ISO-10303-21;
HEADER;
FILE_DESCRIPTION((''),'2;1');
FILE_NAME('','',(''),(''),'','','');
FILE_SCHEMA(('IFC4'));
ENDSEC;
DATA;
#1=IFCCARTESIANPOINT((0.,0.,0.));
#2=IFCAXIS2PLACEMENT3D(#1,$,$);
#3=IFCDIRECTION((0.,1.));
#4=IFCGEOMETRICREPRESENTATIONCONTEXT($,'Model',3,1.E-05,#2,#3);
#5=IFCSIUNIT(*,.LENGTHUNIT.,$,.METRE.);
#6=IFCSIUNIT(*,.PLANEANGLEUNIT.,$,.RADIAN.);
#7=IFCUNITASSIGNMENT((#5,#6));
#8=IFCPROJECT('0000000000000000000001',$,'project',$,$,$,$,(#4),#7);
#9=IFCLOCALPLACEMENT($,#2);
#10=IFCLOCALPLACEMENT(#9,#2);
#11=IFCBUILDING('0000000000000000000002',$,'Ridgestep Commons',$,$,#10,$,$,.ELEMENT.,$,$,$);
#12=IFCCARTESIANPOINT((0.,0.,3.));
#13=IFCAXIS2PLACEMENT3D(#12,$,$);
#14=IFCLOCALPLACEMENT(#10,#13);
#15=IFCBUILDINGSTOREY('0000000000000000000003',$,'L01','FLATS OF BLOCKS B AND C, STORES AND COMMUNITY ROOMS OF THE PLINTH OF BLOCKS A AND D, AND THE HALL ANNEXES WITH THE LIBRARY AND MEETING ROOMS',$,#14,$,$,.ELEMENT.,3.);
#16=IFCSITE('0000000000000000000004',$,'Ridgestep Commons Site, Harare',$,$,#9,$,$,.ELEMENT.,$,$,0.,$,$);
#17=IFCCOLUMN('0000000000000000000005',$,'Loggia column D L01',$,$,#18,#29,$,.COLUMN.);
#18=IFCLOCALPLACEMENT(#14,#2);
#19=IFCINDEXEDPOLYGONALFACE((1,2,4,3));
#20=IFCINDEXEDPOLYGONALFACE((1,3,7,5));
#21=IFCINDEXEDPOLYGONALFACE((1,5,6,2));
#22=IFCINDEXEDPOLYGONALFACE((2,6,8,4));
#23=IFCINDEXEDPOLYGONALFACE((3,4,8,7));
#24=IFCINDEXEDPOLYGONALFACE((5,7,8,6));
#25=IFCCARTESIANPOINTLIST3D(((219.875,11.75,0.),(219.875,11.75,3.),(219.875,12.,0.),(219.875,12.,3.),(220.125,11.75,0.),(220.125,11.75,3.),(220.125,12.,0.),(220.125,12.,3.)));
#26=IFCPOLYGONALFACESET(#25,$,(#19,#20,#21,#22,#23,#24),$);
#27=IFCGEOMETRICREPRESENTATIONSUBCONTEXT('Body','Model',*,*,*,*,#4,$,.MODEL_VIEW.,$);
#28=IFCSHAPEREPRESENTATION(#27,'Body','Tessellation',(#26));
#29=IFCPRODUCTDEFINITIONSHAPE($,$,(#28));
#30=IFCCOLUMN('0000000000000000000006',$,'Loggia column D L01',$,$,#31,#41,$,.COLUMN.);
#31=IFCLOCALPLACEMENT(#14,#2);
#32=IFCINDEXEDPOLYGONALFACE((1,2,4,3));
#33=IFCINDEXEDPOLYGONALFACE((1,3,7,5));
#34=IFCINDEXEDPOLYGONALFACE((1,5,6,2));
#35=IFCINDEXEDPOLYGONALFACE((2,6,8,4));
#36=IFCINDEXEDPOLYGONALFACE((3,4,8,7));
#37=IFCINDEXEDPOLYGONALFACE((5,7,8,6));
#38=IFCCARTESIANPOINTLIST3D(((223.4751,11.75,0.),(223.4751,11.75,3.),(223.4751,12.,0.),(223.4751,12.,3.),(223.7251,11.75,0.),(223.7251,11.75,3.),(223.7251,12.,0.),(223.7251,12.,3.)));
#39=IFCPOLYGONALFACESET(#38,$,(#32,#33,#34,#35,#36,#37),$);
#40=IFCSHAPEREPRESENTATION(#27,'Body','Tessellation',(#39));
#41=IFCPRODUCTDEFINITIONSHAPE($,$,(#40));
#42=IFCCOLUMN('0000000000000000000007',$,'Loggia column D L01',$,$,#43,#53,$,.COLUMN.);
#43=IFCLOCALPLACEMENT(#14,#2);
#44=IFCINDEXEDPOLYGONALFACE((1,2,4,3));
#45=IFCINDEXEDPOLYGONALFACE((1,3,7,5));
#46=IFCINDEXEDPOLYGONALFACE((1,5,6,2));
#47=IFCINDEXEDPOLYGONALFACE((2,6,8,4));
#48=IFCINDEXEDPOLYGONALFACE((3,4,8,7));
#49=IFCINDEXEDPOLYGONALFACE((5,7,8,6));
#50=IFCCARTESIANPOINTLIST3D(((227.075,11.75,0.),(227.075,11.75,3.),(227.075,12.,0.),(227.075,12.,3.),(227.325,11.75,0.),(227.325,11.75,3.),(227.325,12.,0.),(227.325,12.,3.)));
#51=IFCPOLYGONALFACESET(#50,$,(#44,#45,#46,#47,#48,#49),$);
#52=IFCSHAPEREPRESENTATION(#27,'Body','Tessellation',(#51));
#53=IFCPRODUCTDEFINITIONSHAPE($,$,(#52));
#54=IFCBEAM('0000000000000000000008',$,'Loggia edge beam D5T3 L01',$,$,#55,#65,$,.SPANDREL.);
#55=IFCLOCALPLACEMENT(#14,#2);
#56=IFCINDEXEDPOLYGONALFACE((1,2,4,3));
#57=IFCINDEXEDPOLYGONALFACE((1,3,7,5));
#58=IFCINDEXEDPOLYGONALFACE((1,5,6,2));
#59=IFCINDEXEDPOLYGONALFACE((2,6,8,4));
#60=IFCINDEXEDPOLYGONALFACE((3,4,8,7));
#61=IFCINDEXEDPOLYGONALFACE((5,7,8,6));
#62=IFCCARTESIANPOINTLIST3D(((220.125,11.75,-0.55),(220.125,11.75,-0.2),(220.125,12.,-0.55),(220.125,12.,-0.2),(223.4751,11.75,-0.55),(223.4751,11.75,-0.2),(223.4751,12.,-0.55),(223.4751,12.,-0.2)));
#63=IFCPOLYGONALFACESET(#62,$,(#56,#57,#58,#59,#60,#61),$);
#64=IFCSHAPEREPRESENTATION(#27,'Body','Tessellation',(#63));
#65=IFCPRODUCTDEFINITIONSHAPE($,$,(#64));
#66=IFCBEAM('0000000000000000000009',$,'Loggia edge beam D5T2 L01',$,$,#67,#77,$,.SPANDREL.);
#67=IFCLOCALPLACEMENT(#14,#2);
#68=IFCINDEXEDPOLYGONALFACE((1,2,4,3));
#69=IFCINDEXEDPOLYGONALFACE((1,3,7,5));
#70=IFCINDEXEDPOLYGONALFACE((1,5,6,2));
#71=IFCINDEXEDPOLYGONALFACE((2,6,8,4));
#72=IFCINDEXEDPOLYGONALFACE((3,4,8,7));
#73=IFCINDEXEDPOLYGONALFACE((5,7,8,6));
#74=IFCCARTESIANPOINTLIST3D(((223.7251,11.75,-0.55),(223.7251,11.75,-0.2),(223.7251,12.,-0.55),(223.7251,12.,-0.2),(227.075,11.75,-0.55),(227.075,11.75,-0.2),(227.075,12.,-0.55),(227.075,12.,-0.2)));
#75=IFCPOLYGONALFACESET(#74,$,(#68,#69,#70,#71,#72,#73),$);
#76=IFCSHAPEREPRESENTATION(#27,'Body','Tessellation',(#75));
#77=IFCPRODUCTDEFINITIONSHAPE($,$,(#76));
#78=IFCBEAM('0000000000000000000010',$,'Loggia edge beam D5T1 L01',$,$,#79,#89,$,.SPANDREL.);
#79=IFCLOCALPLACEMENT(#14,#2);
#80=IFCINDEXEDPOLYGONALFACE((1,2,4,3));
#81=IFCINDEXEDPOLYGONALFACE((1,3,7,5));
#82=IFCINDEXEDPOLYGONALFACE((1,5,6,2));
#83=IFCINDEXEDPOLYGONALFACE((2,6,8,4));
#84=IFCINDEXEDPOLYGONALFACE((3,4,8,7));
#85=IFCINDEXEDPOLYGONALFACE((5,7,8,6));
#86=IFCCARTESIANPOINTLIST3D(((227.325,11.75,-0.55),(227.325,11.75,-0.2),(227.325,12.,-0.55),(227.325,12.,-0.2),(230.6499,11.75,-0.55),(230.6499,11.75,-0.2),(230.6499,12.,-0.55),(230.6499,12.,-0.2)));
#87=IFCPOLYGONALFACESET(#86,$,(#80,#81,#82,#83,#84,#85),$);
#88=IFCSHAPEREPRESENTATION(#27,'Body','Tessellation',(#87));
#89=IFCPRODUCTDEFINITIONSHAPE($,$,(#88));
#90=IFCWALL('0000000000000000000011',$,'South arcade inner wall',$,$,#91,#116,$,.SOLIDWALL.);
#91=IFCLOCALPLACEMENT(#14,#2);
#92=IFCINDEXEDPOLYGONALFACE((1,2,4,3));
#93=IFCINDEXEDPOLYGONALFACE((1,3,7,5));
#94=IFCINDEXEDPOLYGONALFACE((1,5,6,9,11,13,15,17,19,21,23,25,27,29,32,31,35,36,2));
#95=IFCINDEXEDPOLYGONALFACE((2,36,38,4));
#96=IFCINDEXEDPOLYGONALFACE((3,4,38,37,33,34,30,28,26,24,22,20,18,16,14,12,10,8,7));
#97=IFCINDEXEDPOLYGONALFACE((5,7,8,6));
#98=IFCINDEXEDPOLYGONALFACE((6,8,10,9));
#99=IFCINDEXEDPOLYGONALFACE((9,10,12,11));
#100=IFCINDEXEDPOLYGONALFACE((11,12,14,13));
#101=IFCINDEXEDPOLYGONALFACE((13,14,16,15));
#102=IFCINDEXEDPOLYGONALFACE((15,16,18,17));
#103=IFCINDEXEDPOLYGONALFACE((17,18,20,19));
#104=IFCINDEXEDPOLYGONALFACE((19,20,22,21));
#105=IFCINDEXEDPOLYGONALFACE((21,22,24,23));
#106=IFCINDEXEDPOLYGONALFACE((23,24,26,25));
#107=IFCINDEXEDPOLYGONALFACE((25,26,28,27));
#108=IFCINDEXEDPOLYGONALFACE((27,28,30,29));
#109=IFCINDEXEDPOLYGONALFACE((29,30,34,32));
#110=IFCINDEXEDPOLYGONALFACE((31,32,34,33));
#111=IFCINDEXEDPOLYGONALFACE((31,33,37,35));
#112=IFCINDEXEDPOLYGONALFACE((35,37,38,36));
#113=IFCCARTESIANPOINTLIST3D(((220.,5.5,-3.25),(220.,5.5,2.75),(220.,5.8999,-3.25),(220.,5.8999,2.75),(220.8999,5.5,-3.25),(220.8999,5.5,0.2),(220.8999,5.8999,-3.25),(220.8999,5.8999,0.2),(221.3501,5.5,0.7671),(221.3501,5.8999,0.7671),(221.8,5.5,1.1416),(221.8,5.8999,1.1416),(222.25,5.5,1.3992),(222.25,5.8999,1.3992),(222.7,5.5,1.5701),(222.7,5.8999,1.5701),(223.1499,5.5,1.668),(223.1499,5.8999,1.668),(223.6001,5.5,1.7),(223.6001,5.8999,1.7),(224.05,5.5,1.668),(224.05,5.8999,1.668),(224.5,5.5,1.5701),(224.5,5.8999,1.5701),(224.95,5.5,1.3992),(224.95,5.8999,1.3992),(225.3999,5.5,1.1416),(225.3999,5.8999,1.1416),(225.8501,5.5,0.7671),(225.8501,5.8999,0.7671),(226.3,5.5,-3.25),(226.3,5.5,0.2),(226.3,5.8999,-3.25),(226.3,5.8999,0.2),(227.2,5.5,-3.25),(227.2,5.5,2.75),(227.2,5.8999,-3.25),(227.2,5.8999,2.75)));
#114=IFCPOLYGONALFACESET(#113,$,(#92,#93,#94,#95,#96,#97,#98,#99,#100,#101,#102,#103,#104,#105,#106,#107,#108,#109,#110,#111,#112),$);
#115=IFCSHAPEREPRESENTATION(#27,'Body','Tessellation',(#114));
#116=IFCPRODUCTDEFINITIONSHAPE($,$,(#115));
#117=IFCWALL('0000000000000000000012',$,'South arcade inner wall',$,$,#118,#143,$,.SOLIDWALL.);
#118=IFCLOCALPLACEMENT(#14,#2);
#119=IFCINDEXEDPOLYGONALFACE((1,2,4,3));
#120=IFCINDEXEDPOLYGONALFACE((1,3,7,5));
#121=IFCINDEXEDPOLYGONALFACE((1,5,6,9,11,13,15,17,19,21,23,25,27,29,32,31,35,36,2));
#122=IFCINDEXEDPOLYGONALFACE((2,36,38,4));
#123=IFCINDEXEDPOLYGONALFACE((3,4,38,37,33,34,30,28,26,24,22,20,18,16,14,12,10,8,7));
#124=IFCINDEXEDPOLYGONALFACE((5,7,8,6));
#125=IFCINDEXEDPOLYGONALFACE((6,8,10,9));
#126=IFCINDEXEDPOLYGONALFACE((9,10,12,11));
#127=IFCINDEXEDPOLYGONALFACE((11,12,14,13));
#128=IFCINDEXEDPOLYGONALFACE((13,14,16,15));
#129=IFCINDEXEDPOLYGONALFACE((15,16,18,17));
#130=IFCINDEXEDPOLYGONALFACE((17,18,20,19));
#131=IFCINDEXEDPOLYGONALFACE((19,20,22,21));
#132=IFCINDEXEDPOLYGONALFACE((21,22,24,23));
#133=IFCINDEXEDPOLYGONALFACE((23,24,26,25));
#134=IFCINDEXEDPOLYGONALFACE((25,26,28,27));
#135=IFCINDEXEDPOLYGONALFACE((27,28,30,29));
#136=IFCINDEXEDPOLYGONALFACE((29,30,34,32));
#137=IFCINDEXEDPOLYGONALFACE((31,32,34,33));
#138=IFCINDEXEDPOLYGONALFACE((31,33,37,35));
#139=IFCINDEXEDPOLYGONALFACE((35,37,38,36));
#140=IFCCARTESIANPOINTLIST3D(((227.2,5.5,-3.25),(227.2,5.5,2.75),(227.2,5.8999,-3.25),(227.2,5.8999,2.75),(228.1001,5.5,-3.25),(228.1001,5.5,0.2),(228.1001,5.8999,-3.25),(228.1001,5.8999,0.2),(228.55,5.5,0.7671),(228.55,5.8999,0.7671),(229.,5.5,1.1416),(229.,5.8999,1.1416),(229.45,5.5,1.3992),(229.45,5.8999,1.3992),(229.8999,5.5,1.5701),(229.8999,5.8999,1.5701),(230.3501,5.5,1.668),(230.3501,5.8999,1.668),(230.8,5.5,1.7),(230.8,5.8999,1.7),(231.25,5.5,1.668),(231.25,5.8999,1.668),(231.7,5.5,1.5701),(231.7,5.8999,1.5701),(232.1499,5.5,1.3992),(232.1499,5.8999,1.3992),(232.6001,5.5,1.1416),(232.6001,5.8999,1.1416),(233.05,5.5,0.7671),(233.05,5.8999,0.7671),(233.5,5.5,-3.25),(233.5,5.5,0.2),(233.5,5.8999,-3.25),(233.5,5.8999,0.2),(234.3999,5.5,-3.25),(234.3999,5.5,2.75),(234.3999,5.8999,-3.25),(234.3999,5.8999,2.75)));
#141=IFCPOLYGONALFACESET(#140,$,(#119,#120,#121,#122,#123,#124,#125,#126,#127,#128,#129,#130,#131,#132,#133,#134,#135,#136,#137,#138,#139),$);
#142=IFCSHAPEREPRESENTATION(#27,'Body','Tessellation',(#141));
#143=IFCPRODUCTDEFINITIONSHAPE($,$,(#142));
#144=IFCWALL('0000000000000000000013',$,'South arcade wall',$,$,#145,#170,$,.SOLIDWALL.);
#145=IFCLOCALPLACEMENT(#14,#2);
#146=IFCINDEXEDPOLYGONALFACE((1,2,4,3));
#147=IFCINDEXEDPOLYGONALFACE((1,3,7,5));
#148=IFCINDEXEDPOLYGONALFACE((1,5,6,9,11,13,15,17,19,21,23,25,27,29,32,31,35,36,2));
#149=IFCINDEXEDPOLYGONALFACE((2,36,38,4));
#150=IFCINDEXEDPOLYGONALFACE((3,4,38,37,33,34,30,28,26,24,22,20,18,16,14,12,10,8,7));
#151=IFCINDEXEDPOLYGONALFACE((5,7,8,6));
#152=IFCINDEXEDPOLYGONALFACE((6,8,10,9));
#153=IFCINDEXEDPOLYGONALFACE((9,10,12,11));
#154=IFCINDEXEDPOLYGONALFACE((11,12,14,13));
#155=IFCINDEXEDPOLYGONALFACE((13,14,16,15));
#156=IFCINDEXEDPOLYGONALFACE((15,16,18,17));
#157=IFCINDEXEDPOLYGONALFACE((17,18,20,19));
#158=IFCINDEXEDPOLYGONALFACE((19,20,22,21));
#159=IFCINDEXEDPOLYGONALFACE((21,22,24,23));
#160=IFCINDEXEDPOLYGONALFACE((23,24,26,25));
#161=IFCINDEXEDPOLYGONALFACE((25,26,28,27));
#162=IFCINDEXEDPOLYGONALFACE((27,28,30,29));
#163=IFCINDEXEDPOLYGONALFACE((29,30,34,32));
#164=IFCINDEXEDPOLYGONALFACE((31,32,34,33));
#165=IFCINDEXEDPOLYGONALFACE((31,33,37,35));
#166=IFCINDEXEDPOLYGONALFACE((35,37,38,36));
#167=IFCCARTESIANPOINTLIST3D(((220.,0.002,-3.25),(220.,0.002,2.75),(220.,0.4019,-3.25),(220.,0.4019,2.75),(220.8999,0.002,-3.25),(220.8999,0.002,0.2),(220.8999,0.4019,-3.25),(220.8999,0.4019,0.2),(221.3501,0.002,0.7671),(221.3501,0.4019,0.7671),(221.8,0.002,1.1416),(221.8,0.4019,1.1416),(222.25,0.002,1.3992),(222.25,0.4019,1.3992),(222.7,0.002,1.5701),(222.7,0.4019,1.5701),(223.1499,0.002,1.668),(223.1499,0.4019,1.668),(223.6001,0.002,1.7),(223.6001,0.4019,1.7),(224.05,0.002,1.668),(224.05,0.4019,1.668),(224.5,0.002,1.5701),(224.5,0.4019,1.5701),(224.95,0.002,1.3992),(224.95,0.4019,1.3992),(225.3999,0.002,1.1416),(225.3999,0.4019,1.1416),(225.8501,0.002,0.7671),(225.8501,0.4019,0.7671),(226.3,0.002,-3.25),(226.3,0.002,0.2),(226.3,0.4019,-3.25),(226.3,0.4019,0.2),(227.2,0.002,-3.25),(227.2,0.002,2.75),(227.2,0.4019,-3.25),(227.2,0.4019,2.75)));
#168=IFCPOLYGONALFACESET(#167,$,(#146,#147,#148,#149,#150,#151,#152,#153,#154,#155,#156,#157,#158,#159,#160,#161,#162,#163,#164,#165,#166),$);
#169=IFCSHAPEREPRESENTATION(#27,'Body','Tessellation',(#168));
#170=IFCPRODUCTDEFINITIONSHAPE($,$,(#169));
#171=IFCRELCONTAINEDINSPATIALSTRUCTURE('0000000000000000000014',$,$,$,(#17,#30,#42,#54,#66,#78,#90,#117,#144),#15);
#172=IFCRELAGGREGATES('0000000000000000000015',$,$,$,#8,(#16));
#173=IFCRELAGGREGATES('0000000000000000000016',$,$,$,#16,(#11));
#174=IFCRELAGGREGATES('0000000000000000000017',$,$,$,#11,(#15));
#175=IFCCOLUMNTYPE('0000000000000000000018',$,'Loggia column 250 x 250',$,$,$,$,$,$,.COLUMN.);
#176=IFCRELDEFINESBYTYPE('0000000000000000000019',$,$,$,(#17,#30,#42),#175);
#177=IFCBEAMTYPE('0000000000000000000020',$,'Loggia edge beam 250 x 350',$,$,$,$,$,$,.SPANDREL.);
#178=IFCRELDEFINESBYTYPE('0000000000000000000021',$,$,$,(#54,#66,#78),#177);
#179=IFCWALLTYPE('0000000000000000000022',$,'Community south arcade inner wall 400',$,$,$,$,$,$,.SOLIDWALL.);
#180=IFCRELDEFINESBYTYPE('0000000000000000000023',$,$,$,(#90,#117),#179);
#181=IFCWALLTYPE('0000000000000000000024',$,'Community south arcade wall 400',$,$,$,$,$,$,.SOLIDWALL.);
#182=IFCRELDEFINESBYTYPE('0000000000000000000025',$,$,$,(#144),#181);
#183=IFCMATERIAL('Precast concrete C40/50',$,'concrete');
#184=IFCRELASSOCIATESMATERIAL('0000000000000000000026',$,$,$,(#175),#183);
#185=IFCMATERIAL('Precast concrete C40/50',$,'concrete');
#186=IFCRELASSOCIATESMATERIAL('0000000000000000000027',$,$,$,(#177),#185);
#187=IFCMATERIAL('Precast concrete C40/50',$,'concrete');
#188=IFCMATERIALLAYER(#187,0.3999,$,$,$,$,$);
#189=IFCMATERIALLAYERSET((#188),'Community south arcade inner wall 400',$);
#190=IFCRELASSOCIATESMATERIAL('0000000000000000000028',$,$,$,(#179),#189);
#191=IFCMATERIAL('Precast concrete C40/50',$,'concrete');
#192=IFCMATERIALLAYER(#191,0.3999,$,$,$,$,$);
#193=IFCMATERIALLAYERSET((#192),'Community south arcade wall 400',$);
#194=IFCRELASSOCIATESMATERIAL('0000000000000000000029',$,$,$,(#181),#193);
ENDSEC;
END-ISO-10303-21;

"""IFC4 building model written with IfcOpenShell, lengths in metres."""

from ifc_helpers import new_model, si_unit, direction, frame, origin, origin_2d, place, context, subcontext, project, spatial, polyline, rectangle, outline, extrude, material, layer, layer_set, material_profile, profile_set, type_object, element, save


model = new_model("IFC4")

# Units and contexts
model_context = context("Model", 3, precision=1e-05, world=origin(), true_north=direction((0.0, 1.0)))
body_context = subcontext(model_context, "Body", "Model", "MODEL_VIEW")
ifc_project = project(units=[si_unit("LENGTHUNIT", "METRE"), si_unit("PLANEANGLEUNIT", "RADIAN")], contexts=[model_context])

# Site, building, storey
site_placement = place(None, origin())
site = spatial("IfcSite", under=ifc_project, at=site_placement, Name="Ridgestep Commons Site, Harare", CompositionType="ELEMENT", RefElevation=0.0)
building_placement = place(site_placement, origin())
building = spatial("IfcBuilding", under=site, at=building_placement, Name="Ridgestep Commons", CompositionType="ELEMENT")
storey_placement = place(building_placement, frame((0.0, 0.0, 3.0)))
storey = spatial("IfcBuildingStorey", under=building, at=storey_placement, Name="L01", Description="FLATS OF BLOCKS B AND C, STORES AND COMMUNITY ROOMS OF THE PLINTH OF BLOCKS A AND D, AND THE HALL ANNEXES WITH THE LIBRARY AND MEETING ROOMS", CompositionType="ELEMENT", Elevation=3.0)

# Columns
ifc_material_1 = material(Name="Precast concrete C40/50", Category="concrete")
ifc_material_profile_1 = material_profile(ifc_material_1, rectangle(XDim=0.25, YDim=0.25, at=origin_2d()), Name="PC 250x250")
ifc_profile_set_1 = profile_set([ifc_material_profile_1], Name="Precast concrete C40/50")
column_type = type_object("IfcColumnType", Name="Loggia column 250 x 250", PredefinedType="COLUMN", material=ifc_profile_set_1)
for number, where, z_axis, x_axis, name in (
    (1, (220.0, 11.875, 0.0), (0.0, 0.0, 1.0), (1.0, 0.0, 0.0), "Loggia column D L01"),
    (2, (223.6001, 11.875, 0.0), (0.0, 0.0, 1.0), (1.0, 0.0, 0.0), "Loggia column D L01"),
    (3, (227.2, 11.875, 0.0), (0.0, 0.0, 1.0), (1.0, 0.0, 0.0), "Loggia column D L01"),
):
    element("IfcColumn", number, at=place(storey_placement, frame(where, z_axis=z_axis, x_axis=x_axis)), inside=storey, type_object=column_type, Name=name, PredefinedType="COLUMN", context=body_context, shape_type="SweptSolid", body=[
        extrude(rectangle(XDim=0.25, YDim=0.25, at=origin_2d()), origin(), (0.0, 0.0, 1.0), 3.0),
    ])

# Beams
ifc_material_2 = material(Name="Precast concrete C40/50", Category="concrete")
ifc_material_profile_2 = material_profile(ifc_material_2, rectangle(XDim=0.25, YDim=0.3501, at=origin_2d()), Name="PC 250x350")
ifc_profile_set_2 = profile_set([ifc_material_profile_2], Name="Precast concrete C40/50")
beam_type = type_object("IfcBeamType", Name="Loggia edge beam 250 x 350", PredefinedType="SPANDREL", material=ifc_profile_set_2)
beam_1_placement = place(storey_placement, frame((220.125, 11.875, -0.375), z_axis=(1.0, 0.0, 0.0), x_axis=(0.0, 1.0, 0.0)))
element("IfcBeam", 4, at=beam_1_placement, inside=storey, type_object=beam_type, Name="Loggia edge beam D5T3 L01", PredefinedType="SPANDREL", context=body_context, shape_type="SweptSolid", body=[
    extrude(rectangle(XDim=0.25, YDim=0.3501, at=origin_2d()), origin(), (0.0, 0.0, 1.0), 3.3501),
])
beam_2_placement = place(storey_placement, frame((223.7251, 11.875, -0.375), z_axis=(1.0, 0.0, 0.0), x_axis=(0.0, 1.0, 0.0)))
element("IfcBeam", 5, at=beam_2_placement, inside=storey, type_object=beam_type, Name="Loggia edge beam D5T2 L01", PredefinedType="SPANDREL", context=body_context, shape_type="SweptSolid", body=[
    extrude(rectangle(XDim=0.25, YDim=0.3501, at=origin_2d()), origin(), (0.0, 0.0, 1.0), 3.3499),
])
beam_3_placement = place(storey_placement, frame((227.325, 11.875, -0.375), z_axis=(1.0, 0.0, 0.0), x_axis=(0.0, 1.0, 0.0)))
element("IfcBeam", 6, at=beam_3_placement, inside=storey, type_object=beam_type, Name="Loggia edge beam D5T1 L01", PredefinedType="SPANDREL", context=body_context, shape_type="SweptSolid", body=[
    extrude(rectangle(XDim=0.25, YDim=0.3501, at=origin_2d()), origin(), (0.0, 0.0, 1.0), 3.325),
])

# Walls
ifc_material_3 = material(Name="Precast concrete C40/50", Category="concrete")
ifc_layer_1 = layer(ifc_material_3, 0.3999)
ifc_layer_set_1 = layer_set([ifc_layer_1], Name="Community south arcade inner wall 400")
wall_type_1 = type_object("IfcWallType", Name="Community south arcade inner wall 400", PredefinedType="SOLIDWALL", material=ifc_layer_set_1)
wall_1_placement = place(storey_placement, frame((220.0, 5.5, -3.25), z_axis=(0.0, -1.0, 0.0), x_axis=(1.0, 0.0, 0.0)))
element("IfcWall", 7, at=wall_1_placement, inside=storey, type_object=wall_type_1, Name="South arcade inner wall", PredefinedType="SOLIDWALL", context=body_context, shape_type="SweptSolid", body=[
    extrude(outline(polyline([(0.0, 0.0), (0.8999, 0.0), (0.8999, 3.45), (1.3501, 4.0171), (1.8, 4.3916), (2.25, 4.6492), (2.7, 4.8201), (3.1499, 4.918), (3.6001, 4.95), (4.05, 4.918), (4.5, 4.8201), (4.95, 4.6492), (5.3999, 4.3916), (5.8501, 4.0171), (6.3, 3.45), (6.3, 0.0), (7.2, 0.0), (7.2, 6.0), (0.0, 6.0), (0.0, 0.0)])), origin(), (0.0, 0.0, -1.0), 0.3999),
])
wall_2_placement = place(storey_placement, frame((227.2, 5.5, -3.25), z_axis=(0.0, -1.0, 0.0), x_axis=(1.0, 0.0, 0.0)))
element("IfcWall", 8, at=wall_2_placement, inside=storey, type_object=wall_type_1, Name="South arcade inner wall", PredefinedType="SOLIDWALL", context=body_context, shape_type="SweptSolid", body=[
    extrude(outline(polyline([(0.0, 0.0), (0.9001, 0.0), (0.9001, 3.45), (1.3501, 4.0171), (1.8, 4.3916), (2.25, 4.6492), (2.7, 4.8201), (3.1501, 4.918), (3.6001, 4.95), (4.05, 4.918), (4.5, 4.8201), (4.95, 4.6492), (5.4001, 4.3916), (5.8501, 4.0171), (6.3, 3.45), (6.3, 0.0), (7.2, 0.0), (7.2, 6.0), (0.0, 6.0), (0.0, 0.0)])), origin(), (0.0, 0.0, -1.0), 0.3999),
])
ifc_material_4 = material(Name="Precast concrete C40/50", Category="concrete")
ifc_layer_2 = layer(ifc_material_4, 0.3999)
ifc_layer_set_2 = layer_set([ifc_layer_2], Name="Community south arcade wall 400")
wall_type_2 = type_object("IfcWallType", Name="Community south arcade wall 400", PredefinedType="SOLIDWALL", material=ifc_layer_set_2)
wall_3_placement = place(storey_placement, frame((220.0, 0.002, -3.25), z_axis=(0.0, -1.0, 0.0), x_axis=(1.0, 0.0, 0.0)))
element("IfcWall", 9, at=wall_3_placement, inside=storey, type_object=wall_type_2, Name="South arcade wall", PredefinedType="SOLIDWALL", context=body_context, shape_type="SweptSolid", body=[
    extrude(outline(polyline([(0.0, 0.0), (0.8999, 0.0), (0.8999, 3.45), (1.3501, 4.0171), (1.8, 4.3916), (2.25, 4.6492), (2.7, 4.8201), (3.1499, 4.918), (3.6001, 4.95), (4.05, 4.918), (4.5, 4.8201), (4.95, 4.6492), (5.3999, 4.3916), (5.8501, 4.0171), (6.3, 3.45), (6.3, 0.0), (7.2, 0.0), (7.2, 6.0), (0.0, 6.0), (0.0, 0.0)])), origin(), (0.0, 0.0, -1.0), 0.3999),
])

save(model, "model.ifc")
